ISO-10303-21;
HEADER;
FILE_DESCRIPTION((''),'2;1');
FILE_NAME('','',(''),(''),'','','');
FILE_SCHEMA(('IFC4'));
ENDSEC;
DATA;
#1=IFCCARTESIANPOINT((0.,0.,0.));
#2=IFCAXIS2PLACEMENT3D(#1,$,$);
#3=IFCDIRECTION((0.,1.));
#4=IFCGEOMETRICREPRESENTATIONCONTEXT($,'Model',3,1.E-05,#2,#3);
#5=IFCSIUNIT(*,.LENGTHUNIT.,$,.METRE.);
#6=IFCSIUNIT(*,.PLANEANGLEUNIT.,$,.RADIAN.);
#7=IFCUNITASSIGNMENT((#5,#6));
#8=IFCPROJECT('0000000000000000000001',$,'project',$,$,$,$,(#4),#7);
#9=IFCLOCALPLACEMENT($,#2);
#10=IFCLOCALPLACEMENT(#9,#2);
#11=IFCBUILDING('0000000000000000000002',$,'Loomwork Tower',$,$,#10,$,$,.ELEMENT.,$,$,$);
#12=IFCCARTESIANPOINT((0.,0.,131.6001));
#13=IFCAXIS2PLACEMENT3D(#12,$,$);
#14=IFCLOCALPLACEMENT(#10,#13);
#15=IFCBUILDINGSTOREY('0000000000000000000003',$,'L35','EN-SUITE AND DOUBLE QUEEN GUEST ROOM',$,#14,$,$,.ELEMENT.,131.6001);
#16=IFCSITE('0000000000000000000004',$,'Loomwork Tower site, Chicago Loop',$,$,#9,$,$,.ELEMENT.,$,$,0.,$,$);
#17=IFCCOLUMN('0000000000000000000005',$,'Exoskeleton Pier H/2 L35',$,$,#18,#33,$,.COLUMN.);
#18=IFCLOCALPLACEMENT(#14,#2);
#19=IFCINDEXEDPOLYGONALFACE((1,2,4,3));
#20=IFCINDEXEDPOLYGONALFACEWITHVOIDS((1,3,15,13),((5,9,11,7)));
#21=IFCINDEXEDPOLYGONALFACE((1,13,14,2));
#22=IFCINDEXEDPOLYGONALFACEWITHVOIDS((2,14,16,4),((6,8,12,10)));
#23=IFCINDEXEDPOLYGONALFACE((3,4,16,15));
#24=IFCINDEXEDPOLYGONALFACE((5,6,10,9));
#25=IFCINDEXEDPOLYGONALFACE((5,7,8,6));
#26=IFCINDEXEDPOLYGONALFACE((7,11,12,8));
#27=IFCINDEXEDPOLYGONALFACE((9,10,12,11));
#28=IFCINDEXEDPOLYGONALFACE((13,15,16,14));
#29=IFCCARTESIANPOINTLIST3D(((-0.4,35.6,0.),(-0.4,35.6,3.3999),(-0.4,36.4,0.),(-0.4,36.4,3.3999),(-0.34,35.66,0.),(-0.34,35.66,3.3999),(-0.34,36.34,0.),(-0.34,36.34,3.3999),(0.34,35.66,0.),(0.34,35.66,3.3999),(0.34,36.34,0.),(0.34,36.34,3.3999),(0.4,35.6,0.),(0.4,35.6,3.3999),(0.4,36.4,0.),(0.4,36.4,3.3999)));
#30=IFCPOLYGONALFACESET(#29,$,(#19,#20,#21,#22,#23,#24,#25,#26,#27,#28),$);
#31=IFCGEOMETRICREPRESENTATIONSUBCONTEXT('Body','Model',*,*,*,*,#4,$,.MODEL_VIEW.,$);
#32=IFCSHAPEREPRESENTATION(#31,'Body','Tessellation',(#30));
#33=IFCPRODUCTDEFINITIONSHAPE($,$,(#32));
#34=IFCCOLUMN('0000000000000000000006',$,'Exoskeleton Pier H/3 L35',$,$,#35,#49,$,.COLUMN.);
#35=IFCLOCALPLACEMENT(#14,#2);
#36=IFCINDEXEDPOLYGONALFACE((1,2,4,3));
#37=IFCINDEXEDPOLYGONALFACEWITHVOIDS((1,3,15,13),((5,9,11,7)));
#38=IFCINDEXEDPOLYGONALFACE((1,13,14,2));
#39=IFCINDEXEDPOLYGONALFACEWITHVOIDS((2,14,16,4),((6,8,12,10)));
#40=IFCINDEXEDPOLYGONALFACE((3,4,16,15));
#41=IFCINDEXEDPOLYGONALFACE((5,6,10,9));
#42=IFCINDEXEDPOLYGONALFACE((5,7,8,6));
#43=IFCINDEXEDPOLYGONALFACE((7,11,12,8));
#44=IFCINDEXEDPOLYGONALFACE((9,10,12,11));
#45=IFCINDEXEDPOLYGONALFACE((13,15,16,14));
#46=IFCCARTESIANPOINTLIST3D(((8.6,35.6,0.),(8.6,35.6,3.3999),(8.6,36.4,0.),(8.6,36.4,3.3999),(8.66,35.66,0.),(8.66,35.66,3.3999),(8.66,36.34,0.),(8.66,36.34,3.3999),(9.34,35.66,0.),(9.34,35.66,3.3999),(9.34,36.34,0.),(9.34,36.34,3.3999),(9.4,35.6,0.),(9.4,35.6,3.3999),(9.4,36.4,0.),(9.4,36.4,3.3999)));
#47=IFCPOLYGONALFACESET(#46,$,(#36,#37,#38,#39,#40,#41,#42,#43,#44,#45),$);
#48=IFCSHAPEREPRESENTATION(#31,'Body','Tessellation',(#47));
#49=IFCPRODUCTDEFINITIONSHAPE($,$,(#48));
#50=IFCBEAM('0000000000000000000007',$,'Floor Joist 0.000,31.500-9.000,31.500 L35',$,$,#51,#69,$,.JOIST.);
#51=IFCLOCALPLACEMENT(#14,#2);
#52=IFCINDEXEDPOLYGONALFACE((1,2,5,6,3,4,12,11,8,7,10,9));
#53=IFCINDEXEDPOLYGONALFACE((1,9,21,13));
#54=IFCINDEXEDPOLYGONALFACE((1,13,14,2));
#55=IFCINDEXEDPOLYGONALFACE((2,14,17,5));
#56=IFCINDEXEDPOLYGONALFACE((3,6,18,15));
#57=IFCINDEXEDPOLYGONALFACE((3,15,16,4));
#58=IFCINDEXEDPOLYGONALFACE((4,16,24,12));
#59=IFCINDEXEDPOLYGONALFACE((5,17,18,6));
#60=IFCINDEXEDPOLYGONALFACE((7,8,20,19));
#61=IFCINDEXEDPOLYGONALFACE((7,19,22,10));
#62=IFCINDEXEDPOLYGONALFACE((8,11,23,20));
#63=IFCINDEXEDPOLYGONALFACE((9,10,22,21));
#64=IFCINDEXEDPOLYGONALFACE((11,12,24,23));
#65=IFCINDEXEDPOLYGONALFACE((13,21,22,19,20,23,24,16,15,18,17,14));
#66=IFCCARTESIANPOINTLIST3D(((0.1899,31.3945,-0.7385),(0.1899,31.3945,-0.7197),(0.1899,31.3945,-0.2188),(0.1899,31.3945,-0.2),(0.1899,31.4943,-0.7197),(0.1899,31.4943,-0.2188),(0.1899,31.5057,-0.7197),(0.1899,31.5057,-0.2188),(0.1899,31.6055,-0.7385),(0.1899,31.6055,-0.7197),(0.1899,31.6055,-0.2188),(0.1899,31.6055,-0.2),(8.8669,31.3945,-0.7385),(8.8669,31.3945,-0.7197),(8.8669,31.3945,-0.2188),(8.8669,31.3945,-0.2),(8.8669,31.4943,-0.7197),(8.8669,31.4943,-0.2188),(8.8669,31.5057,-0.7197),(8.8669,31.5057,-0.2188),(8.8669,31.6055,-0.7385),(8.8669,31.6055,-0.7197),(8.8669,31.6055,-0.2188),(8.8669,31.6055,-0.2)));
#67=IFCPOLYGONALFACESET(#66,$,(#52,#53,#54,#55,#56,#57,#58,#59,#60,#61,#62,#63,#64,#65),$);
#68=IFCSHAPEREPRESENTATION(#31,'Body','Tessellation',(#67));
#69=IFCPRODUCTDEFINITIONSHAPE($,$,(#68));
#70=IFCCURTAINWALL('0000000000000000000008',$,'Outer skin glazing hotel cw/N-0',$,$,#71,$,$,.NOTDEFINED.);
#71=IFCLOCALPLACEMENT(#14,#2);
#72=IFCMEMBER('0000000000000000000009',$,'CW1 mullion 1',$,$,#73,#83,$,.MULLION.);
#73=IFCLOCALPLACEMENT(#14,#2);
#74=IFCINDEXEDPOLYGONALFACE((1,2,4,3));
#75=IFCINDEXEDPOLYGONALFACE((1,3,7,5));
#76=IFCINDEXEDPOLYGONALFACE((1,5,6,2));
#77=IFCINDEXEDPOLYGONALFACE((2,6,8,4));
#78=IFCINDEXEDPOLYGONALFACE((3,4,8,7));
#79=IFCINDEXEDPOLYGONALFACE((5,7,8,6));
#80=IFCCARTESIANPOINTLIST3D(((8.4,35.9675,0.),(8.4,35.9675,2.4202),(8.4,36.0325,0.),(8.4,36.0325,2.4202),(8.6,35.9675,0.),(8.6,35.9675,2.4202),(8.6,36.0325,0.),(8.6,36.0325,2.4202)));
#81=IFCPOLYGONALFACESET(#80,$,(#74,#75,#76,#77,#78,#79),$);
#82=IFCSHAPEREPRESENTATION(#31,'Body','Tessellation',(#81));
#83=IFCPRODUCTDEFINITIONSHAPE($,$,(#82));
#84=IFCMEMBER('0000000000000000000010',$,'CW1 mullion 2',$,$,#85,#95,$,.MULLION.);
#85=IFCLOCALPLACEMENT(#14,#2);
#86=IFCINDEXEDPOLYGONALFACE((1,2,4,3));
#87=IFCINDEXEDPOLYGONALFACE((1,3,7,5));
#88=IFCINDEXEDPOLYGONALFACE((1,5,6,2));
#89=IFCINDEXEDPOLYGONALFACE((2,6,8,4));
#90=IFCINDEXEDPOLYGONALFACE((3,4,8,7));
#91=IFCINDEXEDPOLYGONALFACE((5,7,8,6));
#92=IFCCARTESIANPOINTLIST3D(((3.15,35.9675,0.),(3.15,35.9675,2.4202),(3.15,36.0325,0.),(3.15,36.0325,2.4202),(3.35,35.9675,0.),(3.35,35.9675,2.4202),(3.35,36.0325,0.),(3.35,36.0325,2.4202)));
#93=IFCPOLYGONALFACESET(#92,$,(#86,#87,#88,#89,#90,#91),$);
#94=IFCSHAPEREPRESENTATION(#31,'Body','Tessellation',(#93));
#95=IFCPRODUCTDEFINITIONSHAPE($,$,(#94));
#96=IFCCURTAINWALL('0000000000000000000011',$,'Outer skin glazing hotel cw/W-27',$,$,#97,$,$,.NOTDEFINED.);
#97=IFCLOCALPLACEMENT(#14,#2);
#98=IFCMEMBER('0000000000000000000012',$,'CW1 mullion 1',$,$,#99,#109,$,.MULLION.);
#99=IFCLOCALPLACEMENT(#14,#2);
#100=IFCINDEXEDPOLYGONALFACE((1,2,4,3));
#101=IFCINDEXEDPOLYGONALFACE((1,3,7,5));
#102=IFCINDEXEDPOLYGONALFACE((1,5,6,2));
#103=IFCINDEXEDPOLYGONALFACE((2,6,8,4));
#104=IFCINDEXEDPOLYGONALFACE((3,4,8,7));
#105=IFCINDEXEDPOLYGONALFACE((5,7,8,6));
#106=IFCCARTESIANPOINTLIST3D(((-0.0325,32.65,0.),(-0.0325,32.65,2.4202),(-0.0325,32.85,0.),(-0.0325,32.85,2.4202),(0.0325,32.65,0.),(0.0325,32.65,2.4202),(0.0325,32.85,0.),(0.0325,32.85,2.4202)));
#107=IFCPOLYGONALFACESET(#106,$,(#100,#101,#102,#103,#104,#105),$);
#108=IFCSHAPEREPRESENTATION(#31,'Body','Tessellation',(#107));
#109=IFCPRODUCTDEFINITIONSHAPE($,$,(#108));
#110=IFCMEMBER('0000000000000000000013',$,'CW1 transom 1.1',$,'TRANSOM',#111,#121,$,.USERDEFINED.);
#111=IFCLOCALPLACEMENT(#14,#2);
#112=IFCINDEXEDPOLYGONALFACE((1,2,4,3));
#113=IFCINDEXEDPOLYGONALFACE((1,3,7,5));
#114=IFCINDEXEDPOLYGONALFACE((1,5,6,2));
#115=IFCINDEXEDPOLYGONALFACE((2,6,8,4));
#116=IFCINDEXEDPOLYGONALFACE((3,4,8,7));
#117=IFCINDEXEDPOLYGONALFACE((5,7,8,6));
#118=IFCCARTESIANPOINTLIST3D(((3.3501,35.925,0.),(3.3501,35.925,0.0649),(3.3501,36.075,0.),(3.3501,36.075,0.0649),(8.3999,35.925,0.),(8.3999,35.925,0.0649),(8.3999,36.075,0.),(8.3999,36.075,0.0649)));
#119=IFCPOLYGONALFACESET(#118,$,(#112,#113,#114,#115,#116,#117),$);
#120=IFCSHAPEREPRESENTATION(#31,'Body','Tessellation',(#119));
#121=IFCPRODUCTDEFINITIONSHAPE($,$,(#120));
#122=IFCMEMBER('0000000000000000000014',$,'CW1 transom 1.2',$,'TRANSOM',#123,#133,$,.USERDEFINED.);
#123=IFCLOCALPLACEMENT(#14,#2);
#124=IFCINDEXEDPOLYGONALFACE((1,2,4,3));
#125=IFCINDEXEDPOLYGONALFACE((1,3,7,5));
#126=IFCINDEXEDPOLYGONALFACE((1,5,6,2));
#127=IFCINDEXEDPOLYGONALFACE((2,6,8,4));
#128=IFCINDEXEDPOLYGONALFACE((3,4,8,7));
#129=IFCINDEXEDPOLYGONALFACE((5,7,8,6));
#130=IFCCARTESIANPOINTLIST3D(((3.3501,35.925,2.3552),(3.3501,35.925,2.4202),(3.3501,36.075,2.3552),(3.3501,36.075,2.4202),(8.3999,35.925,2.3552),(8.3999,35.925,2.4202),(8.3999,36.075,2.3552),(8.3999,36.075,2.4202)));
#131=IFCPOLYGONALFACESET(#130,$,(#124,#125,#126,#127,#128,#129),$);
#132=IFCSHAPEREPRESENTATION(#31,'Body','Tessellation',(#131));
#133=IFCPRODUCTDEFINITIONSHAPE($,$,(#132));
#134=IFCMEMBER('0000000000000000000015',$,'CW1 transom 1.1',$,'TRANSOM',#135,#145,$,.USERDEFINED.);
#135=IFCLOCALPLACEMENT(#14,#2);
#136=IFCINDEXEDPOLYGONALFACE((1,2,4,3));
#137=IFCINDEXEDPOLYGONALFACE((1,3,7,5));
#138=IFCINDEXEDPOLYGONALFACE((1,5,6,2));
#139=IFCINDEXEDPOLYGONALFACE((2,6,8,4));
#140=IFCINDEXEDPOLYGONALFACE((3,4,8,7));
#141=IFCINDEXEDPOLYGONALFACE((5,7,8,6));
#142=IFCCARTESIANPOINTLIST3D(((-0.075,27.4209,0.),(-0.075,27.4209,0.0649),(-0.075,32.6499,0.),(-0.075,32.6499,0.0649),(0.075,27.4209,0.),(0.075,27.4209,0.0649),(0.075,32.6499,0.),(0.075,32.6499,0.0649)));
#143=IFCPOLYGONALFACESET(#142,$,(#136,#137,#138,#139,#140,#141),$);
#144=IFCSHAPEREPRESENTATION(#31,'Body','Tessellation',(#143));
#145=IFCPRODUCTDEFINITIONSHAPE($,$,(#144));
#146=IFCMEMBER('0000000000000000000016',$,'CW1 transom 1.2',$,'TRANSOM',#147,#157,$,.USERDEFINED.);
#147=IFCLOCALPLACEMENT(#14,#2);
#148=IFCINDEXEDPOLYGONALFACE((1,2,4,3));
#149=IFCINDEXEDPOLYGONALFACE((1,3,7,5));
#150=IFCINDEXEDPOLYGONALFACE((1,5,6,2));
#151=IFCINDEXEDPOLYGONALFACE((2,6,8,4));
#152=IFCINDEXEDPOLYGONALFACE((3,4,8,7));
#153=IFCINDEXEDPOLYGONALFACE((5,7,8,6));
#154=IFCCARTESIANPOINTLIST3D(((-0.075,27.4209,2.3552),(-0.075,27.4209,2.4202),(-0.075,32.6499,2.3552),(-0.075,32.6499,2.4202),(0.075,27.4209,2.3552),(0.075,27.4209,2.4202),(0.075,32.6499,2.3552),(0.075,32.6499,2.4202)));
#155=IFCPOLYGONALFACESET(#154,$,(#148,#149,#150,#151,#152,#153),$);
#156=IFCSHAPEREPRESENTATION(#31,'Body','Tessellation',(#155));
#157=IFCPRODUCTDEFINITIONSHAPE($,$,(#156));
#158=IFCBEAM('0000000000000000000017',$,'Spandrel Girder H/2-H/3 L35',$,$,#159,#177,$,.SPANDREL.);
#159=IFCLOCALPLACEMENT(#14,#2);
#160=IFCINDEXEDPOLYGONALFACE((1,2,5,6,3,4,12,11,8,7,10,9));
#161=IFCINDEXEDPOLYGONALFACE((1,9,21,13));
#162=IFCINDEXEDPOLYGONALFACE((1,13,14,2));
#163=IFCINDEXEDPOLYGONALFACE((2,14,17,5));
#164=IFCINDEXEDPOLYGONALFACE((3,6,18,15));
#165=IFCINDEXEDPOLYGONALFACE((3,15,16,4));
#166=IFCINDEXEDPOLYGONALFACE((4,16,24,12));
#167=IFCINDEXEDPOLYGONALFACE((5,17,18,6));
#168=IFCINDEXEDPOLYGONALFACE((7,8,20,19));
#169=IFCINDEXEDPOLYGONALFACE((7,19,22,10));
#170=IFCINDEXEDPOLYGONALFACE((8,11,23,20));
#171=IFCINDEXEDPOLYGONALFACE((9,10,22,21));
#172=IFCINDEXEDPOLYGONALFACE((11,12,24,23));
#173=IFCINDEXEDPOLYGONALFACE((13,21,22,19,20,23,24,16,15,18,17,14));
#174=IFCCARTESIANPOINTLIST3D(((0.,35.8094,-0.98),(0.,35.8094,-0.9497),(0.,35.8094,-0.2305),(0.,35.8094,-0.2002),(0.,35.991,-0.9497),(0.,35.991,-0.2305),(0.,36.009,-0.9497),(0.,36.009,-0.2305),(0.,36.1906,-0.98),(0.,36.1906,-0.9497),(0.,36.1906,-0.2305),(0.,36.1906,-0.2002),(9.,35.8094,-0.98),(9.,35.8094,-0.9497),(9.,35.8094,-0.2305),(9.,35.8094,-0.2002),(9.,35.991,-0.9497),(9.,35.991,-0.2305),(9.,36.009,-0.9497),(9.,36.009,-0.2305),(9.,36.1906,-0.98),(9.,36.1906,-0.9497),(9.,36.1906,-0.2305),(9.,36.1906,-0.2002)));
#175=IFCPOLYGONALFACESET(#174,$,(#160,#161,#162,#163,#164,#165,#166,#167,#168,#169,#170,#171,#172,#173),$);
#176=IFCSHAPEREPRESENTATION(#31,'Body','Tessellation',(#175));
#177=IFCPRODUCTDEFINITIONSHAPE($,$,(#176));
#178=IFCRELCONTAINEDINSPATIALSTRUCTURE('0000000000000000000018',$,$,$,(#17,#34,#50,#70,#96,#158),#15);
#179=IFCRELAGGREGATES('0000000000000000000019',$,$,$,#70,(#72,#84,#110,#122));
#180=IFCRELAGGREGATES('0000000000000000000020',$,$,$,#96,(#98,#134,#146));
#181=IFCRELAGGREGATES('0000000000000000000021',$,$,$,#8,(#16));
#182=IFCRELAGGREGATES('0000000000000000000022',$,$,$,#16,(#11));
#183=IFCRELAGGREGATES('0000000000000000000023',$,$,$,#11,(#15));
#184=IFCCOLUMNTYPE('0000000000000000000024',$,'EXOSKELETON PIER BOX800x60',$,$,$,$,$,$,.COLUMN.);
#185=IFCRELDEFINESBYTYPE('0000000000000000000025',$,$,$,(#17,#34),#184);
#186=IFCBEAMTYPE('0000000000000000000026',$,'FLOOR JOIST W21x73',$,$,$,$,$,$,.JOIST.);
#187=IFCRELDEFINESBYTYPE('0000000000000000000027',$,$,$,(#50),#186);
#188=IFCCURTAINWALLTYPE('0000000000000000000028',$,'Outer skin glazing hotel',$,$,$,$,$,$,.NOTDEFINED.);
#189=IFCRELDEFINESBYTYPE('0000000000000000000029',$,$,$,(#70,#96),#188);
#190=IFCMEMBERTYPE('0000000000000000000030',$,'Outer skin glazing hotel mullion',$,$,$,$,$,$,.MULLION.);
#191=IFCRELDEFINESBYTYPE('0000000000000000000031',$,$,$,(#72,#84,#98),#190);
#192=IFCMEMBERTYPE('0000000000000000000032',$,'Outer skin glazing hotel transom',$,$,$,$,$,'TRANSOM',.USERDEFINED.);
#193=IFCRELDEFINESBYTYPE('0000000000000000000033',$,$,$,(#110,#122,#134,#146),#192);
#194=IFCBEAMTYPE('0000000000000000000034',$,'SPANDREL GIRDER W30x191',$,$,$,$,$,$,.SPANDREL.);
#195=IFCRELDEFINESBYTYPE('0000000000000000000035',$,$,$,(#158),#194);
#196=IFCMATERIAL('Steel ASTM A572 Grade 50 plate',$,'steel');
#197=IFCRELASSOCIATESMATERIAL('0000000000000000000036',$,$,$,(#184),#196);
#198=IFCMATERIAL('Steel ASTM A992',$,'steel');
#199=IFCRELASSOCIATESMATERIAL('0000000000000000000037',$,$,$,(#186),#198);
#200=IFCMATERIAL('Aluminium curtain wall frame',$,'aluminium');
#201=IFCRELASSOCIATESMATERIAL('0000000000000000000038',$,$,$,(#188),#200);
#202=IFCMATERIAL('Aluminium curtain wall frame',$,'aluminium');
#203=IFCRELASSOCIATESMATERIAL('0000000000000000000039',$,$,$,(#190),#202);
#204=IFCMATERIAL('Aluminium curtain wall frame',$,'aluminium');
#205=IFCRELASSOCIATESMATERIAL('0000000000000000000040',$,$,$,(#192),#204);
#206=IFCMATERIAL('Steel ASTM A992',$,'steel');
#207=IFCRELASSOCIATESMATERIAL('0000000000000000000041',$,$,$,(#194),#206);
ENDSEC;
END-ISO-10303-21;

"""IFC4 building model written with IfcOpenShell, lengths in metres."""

from ifc_helpers import new_model, si_unit, direction, frame, origin, origin_2d, place, context, subcontext, project, spatial, rectangle, hollow_rectangle, i_section, extrude, material, material_profile, profile_set, type_object, element, aggregate, save


model = new_model("IFC4")

# Units and contexts
model_context = context("Model", 3, precision=1e-05, world=origin(), true_north=direction((0.0, 1.0)))
body_context = subcontext(model_context, "Body", "Model", "MODEL_VIEW")
ifc_project = project(units=[si_unit("LENGTHUNIT", "METRE"), si_unit("PLANEANGLEUNIT", "RADIAN")], contexts=[model_context])

# Site, building, storey
site_placement = place(None, origin())
site = spatial("IfcSite", under=ifc_project, at=site_placement, Name="Loomwork Tower site, Chicago Loop", CompositionType="ELEMENT", RefElevation=0.0)
building_placement = place(site_placement, origin())
building = spatial("IfcBuilding", under=site, at=building_placement, Name="Loomwork Tower", CompositionType="ELEMENT")
storey_placement = place(building_placement, frame((0.0, 0.0, 131.6001)))
storey = spatial("IfcBuildingStorey", under=building, at=storey_placement, Name="L35", Description="EN-SUITE AND DOUBLE QUEEN GUEST ROOM", CompositionType="ELEMENT", Elevation=131.6001)

# Columns
ifc_material_1 = material(Name="Steel ASTM A572 Grade 50 plate", Category="steel")
ifc_material_profile_1 = material_profile(ifc_material_1, hollow_rectangle(XDim=0.8, YDim=0.8, WallThickness=0.0601, at=origin_2d()), Name="BOX800x60")
ifc_profile_set_1 = profile_set([ifc_material_profile_1], Name="Steel ASTM A572 Grade 50 plate")
column_type = type_object("IfcColumnType", Name="EXOSKELETON PIER BOX800x60", PredefinedType="COLUMN", material=ifc_profile_set_1)
for number, where, z_axis, x_axis, name in (
    (1, (0.0, 36.0, 0.0), (0.0, 0.0, 1.0), (1.0, 0.0, 0.0), "Exoskeleton Pier H/2 L35"),
    (2, (9.0, 36.0, 0.0), (0.0, 0.0, 1.0), (1.0, 0.0, 0.0), "Exoskeleton Pier H/3 L35"),
):
    element("IfcColumn", number, at=place(storey_placement, frame(where, z_axis=z_axis, x_axis=x_axis)), inside=storey, type_object=column_type, Name=name, PredefinedType="COLUMN", context=body_context, shape_type="SweptSolid", body=[
        extrude(hollow_rectangle(XDim=0.8, YDim=0.8, WallThickness=0.0601, at=origin_2d()), origin(), (0.0, 0.0, 1.0), 3.3999),
    ])

# Beam
ifc_material_2 = material(Name="Steel ASTM A992", Category="steel")
ifc_material_profile_2 = material_profile(ifc_material_2, i_section(OverallWidth=0.2109, OverallDepth=0.5386, WebThickness=0.0115, FlangeThickness=0.0188, at=origin_2d()), Name="W21x73")
ifc_profile_set_2 = profile_set([ifc_material_profile_2], Name="Steel ASTM A992")
beam_type_1 = type_object("IfcBeamType", Name="FLOOR JOIST W21x73", PredefinedType="JOIST", material=ifc_profile_set_2)
beam_placement = place(storey_placement, frame((0.1899, 31.5, -0.4692), z_axis=(1.0, 0.0, 0.0), x_axis=(0.0, 1.0, 0.0)))
element("IfcBeam", 3, at=beam_placement, inside=storey, type_object=beam_type_1, Name="Floor Joist 0.000,31.500-9.000,31.500 L35", PredefinedType="JOIST", context=body_context, shape_type="SweptSolid", body=[
    extrude(i_section(OverallWidth=0.2109, OverallDepth=0.5386, WebThickness=0.0115, FlangeThickness=0.0188, at=origin_2d()), origin(), (0.0, 0.0, 1.0), 8.677),
])

# Curtain wall, members
ifc_material_3 = material(Name="Aluminium curtain wall frame", Category="aluminium")
curtain_wall_type = type_object("IfcCurtainWallType", Name="Outer skin glazing hotel", PredefinedType="NOTDEFINED", material=ifc_material_3)
curtain_wall_1_placement = place(storey_placement, origin())
curtain_wall_1 = element("IfcCurtainWall", 4, at=curtain_wall_1_placement, inside=storey, type_object=curtain_wall_type, Name="Outer skin glazing hotel cw/N-0", PredefinedType="NOTDEFINED")
ifc_material_4 = material(Name="Aluminium curtain wall frame", Category="aluminium")
ifc_material_profile_3 = material_profile(ifc_material_4, rectangle(XDim=0.0649, YDim=0.2, at=origin_2d()), Name="AL 65x200")
ifc_profile_set_3 = profile_set([ifc_material_profile_3], Name="Aluminium curtain wall frame")
member_type_1 = type_object("IfcMemberType", Name="Outer skin glazing hotel mullion", PredefinedType="MULLION", material=ifc_profile_set_3)
member_1_placement = place(storey_placement, frame((8.5, 36.0, 0.0), z_axis=(0.0, 0.0, 1.0), x_axis=(0.0, -1.0, 0.0)))
member_1 = element("IfcMember", 5, at=member_1_placement, type_object=member_type_1, Name="CW1 mullion 1", PredefinedType="MULLION", context=body_context, shape_type="SweptSolid", body=[
    extrude(rectangle(XDim=0.0649, YDim=0.2, at=origin_2d()), origin(), (0.0, 0.0, 1.0), 2.4202),
])
member_2_placement = place(storey_placement, frame((3.25, 36.0, 0.0), z_axis=(0.0, 0.0, 1.0), x_axis=(0.0, -1.0, 0.0)))
member_2 = element("IfcMember", 6, at=member_2_placement, type_object=member_type_1, Name="CW1 mullion 2", PredefinedType="MULLION", context=body_context, shape_type="SweptSolid", body=[
    extrude(rectangle(XDim=0.0649, YDim=0.2, at=origin_2d()), origin(), (0.0, 0.0, 1.0), 2.4202),
])

# Curtain wall, member
curtain_wall_2_placement = place(storey_placement, origin())
curtain_wall_2 = element("IfcCurtainWall", 7, at=curtain_wall_2_placement, inside=storey, type_object=curtain_wall_type, Name="Outer skin glazing hotel cw/W-27", PredefinedType="NOTDEFINED")
member_3_placement = place(storey_placement, frame((0.0, 32.75, 0.0), z_axis=(0.0, 0.0, 1.0), x_axis=(1.0, 0.0, 0.0)))
member_3 = element("IfcMember", 8, at=member_3_placement, type_object=member_type_1, Name="CW1 mullion 1", PredefinedType="MULLION", context=body_context, shape_type="SweptSolid", body=[
    extrude(rectangle(XDim=0.0649, YDim=0.2, at=origin_2d()), origin(), (0.0, 0.0, 1.0), 2.4202),
])

# Members
ifc_material_5 = material(Name="Aluminium curtain wall frame", Category="aluminium")
ifc_material_profile_4 = material_profile(ifc_material_5, rectangle(XDim=0.1499, YDim=0.0649, at=origin_2d()), Name="AL 65x150")
ifc_profile_set_4 = profile_set([ifc_material_profile_4], Name="Aluminium curtain wall frame")
member_type_2 = type_object("IfcMemberType", Name="Outer skin glazing hotel transom", ElementType="TRANSOM", PredefinedType="USERDEFINED", material=ifc_profile_set_4)
member_4_placement = place(storey_placement, frame((8.3999, 36.0, 0.0325), z_axis=(-1.0, 0.0, 0.0), x_axis=(0.0, -1.0, 0.0)))
member_4 = element("IfcMember", 9, at=member_4_placement, type_object=member_type_2, Name="CW1 transom 1.1", ObjectType="TRANSOM", PredefinedType="USERDEFINED", context=body_context, shape_type="SweptSolid", body=[
    extrude(rectangle(XDim=0.1499, YDim=0.0649, at=origin_2d()), origin(), (0.0, 0.0, 1.0), 5.0498),
])
member_5_placement = place(storey_placement, frame((8.3999, 36.0, 2.3877), z_axis=(-1.0, 0.0, 0.0), x_axis=(0.0, -1.0, 0.0)))
member_5 = element("IfcMember", 10, at=member_5_placement, type_object=member_type_2, Name="CW1 transom 1.2", ObjectType="TRANSOM", PredefinedType="USERDEFINED", context=body_context, shape_type="SweptSolid", body=[
    extrude(rectangle(XDim=0.1499, YDim=0.0649, at=origin_2d()), origin(), (0.0, 0.0, 1.0), 5.0498),
])
member_6_placement = place(storey_placement, frame((0.0, 32.6499, 0.0325), z_axis=(0.0, -1.0, 0.0), x_axis=(1.0, 0.0, 0.0)))
member_6 = element("IfcMember", 11, at=member_6_placement, type_object=member_type_2, Name="CW1 transom 1.1", ObjectType="TRANSOM", PredefinedType="USERDEFINED", context=body_context, shape_type="SweptSolid", body=[
    extrude(rectangle(XDim=0.1499, YDim=0.0649, at=origin_2d()), origin(), (0.0, 0.0, 1.0), 5.229),
])
member_7_placement = place(storey_placement, frame((0.0, 32.6499, 2.3877), z_axis=(0.0, -1.0, 0.0), x_axis=(1.0, 0.0, 0.0)))
member_7 = element("IfcMember", 12, at=member_7_placement, type_object=member_type_2, Name="CW1 transom 1.2", ObjectType="TRANSOM", PredefinedType="USERDEFINED", context=body_context, shape_type="SweptSolid", body=[
    extrude(rectangle(XDim=0.1499, YDim=0.0649, at=origin_2d()), origin(), (0.0, 0.0, 1.0), 5.229),
])

# Beam
ifc_material_6 = material(Name="Steel ASTM A992", Category="steel")
ifc_material_profile_5 = material_profile(ifc_material_6, i_section(OverallWidth=0.3811, OverallDepth=0.7798, WebThickness=0.0181, FlangeThickness=0.0303, at=origin_2d()), Name="W30x191")
ifc_profile_set_5 = profile_set([ifc_material_profile_5], Name="Steel ASTM A992")
beam_type_2 = type_object("IfcBeamType", Name="SPANDREL GIRDER W30x191", PredefinedType="SPANDREL", material=ifc_profile_set_5)
for number, where, z_axis, x_axis, name in (
    (13, (0.0, 36.0, -0.5901), (1.0, 0.0, 0.0), (0.0, 1.0, 0.0), "Spandrel Girder H/2-H/3 L35"),
):
    element("IfcBeam", number, at=place(storey_placement, frame(where, z_axis=z_axis, x_axis=x_axis)), inside=storey, type_object=beam_type_2, Name=name, PredefinedType="SPANDREL", context=body_context, shape_type="SweptSolid", body=[
        extrude(i_section(OverallWidth=0.3811, OverallDepth=0.7798, WebThickness=0.0181, FlangeThickness=0.0303, at=origin_2d()), origin(), (0.0, 0.0, 1.0), 9.0),
    ])

aggregate(curtain_wall_1, [member_1, member_2, member_4, member_5])
aggregate(curtain_wall_2, [member_3, member_6, member_7])

save(model, "model.ifc")
